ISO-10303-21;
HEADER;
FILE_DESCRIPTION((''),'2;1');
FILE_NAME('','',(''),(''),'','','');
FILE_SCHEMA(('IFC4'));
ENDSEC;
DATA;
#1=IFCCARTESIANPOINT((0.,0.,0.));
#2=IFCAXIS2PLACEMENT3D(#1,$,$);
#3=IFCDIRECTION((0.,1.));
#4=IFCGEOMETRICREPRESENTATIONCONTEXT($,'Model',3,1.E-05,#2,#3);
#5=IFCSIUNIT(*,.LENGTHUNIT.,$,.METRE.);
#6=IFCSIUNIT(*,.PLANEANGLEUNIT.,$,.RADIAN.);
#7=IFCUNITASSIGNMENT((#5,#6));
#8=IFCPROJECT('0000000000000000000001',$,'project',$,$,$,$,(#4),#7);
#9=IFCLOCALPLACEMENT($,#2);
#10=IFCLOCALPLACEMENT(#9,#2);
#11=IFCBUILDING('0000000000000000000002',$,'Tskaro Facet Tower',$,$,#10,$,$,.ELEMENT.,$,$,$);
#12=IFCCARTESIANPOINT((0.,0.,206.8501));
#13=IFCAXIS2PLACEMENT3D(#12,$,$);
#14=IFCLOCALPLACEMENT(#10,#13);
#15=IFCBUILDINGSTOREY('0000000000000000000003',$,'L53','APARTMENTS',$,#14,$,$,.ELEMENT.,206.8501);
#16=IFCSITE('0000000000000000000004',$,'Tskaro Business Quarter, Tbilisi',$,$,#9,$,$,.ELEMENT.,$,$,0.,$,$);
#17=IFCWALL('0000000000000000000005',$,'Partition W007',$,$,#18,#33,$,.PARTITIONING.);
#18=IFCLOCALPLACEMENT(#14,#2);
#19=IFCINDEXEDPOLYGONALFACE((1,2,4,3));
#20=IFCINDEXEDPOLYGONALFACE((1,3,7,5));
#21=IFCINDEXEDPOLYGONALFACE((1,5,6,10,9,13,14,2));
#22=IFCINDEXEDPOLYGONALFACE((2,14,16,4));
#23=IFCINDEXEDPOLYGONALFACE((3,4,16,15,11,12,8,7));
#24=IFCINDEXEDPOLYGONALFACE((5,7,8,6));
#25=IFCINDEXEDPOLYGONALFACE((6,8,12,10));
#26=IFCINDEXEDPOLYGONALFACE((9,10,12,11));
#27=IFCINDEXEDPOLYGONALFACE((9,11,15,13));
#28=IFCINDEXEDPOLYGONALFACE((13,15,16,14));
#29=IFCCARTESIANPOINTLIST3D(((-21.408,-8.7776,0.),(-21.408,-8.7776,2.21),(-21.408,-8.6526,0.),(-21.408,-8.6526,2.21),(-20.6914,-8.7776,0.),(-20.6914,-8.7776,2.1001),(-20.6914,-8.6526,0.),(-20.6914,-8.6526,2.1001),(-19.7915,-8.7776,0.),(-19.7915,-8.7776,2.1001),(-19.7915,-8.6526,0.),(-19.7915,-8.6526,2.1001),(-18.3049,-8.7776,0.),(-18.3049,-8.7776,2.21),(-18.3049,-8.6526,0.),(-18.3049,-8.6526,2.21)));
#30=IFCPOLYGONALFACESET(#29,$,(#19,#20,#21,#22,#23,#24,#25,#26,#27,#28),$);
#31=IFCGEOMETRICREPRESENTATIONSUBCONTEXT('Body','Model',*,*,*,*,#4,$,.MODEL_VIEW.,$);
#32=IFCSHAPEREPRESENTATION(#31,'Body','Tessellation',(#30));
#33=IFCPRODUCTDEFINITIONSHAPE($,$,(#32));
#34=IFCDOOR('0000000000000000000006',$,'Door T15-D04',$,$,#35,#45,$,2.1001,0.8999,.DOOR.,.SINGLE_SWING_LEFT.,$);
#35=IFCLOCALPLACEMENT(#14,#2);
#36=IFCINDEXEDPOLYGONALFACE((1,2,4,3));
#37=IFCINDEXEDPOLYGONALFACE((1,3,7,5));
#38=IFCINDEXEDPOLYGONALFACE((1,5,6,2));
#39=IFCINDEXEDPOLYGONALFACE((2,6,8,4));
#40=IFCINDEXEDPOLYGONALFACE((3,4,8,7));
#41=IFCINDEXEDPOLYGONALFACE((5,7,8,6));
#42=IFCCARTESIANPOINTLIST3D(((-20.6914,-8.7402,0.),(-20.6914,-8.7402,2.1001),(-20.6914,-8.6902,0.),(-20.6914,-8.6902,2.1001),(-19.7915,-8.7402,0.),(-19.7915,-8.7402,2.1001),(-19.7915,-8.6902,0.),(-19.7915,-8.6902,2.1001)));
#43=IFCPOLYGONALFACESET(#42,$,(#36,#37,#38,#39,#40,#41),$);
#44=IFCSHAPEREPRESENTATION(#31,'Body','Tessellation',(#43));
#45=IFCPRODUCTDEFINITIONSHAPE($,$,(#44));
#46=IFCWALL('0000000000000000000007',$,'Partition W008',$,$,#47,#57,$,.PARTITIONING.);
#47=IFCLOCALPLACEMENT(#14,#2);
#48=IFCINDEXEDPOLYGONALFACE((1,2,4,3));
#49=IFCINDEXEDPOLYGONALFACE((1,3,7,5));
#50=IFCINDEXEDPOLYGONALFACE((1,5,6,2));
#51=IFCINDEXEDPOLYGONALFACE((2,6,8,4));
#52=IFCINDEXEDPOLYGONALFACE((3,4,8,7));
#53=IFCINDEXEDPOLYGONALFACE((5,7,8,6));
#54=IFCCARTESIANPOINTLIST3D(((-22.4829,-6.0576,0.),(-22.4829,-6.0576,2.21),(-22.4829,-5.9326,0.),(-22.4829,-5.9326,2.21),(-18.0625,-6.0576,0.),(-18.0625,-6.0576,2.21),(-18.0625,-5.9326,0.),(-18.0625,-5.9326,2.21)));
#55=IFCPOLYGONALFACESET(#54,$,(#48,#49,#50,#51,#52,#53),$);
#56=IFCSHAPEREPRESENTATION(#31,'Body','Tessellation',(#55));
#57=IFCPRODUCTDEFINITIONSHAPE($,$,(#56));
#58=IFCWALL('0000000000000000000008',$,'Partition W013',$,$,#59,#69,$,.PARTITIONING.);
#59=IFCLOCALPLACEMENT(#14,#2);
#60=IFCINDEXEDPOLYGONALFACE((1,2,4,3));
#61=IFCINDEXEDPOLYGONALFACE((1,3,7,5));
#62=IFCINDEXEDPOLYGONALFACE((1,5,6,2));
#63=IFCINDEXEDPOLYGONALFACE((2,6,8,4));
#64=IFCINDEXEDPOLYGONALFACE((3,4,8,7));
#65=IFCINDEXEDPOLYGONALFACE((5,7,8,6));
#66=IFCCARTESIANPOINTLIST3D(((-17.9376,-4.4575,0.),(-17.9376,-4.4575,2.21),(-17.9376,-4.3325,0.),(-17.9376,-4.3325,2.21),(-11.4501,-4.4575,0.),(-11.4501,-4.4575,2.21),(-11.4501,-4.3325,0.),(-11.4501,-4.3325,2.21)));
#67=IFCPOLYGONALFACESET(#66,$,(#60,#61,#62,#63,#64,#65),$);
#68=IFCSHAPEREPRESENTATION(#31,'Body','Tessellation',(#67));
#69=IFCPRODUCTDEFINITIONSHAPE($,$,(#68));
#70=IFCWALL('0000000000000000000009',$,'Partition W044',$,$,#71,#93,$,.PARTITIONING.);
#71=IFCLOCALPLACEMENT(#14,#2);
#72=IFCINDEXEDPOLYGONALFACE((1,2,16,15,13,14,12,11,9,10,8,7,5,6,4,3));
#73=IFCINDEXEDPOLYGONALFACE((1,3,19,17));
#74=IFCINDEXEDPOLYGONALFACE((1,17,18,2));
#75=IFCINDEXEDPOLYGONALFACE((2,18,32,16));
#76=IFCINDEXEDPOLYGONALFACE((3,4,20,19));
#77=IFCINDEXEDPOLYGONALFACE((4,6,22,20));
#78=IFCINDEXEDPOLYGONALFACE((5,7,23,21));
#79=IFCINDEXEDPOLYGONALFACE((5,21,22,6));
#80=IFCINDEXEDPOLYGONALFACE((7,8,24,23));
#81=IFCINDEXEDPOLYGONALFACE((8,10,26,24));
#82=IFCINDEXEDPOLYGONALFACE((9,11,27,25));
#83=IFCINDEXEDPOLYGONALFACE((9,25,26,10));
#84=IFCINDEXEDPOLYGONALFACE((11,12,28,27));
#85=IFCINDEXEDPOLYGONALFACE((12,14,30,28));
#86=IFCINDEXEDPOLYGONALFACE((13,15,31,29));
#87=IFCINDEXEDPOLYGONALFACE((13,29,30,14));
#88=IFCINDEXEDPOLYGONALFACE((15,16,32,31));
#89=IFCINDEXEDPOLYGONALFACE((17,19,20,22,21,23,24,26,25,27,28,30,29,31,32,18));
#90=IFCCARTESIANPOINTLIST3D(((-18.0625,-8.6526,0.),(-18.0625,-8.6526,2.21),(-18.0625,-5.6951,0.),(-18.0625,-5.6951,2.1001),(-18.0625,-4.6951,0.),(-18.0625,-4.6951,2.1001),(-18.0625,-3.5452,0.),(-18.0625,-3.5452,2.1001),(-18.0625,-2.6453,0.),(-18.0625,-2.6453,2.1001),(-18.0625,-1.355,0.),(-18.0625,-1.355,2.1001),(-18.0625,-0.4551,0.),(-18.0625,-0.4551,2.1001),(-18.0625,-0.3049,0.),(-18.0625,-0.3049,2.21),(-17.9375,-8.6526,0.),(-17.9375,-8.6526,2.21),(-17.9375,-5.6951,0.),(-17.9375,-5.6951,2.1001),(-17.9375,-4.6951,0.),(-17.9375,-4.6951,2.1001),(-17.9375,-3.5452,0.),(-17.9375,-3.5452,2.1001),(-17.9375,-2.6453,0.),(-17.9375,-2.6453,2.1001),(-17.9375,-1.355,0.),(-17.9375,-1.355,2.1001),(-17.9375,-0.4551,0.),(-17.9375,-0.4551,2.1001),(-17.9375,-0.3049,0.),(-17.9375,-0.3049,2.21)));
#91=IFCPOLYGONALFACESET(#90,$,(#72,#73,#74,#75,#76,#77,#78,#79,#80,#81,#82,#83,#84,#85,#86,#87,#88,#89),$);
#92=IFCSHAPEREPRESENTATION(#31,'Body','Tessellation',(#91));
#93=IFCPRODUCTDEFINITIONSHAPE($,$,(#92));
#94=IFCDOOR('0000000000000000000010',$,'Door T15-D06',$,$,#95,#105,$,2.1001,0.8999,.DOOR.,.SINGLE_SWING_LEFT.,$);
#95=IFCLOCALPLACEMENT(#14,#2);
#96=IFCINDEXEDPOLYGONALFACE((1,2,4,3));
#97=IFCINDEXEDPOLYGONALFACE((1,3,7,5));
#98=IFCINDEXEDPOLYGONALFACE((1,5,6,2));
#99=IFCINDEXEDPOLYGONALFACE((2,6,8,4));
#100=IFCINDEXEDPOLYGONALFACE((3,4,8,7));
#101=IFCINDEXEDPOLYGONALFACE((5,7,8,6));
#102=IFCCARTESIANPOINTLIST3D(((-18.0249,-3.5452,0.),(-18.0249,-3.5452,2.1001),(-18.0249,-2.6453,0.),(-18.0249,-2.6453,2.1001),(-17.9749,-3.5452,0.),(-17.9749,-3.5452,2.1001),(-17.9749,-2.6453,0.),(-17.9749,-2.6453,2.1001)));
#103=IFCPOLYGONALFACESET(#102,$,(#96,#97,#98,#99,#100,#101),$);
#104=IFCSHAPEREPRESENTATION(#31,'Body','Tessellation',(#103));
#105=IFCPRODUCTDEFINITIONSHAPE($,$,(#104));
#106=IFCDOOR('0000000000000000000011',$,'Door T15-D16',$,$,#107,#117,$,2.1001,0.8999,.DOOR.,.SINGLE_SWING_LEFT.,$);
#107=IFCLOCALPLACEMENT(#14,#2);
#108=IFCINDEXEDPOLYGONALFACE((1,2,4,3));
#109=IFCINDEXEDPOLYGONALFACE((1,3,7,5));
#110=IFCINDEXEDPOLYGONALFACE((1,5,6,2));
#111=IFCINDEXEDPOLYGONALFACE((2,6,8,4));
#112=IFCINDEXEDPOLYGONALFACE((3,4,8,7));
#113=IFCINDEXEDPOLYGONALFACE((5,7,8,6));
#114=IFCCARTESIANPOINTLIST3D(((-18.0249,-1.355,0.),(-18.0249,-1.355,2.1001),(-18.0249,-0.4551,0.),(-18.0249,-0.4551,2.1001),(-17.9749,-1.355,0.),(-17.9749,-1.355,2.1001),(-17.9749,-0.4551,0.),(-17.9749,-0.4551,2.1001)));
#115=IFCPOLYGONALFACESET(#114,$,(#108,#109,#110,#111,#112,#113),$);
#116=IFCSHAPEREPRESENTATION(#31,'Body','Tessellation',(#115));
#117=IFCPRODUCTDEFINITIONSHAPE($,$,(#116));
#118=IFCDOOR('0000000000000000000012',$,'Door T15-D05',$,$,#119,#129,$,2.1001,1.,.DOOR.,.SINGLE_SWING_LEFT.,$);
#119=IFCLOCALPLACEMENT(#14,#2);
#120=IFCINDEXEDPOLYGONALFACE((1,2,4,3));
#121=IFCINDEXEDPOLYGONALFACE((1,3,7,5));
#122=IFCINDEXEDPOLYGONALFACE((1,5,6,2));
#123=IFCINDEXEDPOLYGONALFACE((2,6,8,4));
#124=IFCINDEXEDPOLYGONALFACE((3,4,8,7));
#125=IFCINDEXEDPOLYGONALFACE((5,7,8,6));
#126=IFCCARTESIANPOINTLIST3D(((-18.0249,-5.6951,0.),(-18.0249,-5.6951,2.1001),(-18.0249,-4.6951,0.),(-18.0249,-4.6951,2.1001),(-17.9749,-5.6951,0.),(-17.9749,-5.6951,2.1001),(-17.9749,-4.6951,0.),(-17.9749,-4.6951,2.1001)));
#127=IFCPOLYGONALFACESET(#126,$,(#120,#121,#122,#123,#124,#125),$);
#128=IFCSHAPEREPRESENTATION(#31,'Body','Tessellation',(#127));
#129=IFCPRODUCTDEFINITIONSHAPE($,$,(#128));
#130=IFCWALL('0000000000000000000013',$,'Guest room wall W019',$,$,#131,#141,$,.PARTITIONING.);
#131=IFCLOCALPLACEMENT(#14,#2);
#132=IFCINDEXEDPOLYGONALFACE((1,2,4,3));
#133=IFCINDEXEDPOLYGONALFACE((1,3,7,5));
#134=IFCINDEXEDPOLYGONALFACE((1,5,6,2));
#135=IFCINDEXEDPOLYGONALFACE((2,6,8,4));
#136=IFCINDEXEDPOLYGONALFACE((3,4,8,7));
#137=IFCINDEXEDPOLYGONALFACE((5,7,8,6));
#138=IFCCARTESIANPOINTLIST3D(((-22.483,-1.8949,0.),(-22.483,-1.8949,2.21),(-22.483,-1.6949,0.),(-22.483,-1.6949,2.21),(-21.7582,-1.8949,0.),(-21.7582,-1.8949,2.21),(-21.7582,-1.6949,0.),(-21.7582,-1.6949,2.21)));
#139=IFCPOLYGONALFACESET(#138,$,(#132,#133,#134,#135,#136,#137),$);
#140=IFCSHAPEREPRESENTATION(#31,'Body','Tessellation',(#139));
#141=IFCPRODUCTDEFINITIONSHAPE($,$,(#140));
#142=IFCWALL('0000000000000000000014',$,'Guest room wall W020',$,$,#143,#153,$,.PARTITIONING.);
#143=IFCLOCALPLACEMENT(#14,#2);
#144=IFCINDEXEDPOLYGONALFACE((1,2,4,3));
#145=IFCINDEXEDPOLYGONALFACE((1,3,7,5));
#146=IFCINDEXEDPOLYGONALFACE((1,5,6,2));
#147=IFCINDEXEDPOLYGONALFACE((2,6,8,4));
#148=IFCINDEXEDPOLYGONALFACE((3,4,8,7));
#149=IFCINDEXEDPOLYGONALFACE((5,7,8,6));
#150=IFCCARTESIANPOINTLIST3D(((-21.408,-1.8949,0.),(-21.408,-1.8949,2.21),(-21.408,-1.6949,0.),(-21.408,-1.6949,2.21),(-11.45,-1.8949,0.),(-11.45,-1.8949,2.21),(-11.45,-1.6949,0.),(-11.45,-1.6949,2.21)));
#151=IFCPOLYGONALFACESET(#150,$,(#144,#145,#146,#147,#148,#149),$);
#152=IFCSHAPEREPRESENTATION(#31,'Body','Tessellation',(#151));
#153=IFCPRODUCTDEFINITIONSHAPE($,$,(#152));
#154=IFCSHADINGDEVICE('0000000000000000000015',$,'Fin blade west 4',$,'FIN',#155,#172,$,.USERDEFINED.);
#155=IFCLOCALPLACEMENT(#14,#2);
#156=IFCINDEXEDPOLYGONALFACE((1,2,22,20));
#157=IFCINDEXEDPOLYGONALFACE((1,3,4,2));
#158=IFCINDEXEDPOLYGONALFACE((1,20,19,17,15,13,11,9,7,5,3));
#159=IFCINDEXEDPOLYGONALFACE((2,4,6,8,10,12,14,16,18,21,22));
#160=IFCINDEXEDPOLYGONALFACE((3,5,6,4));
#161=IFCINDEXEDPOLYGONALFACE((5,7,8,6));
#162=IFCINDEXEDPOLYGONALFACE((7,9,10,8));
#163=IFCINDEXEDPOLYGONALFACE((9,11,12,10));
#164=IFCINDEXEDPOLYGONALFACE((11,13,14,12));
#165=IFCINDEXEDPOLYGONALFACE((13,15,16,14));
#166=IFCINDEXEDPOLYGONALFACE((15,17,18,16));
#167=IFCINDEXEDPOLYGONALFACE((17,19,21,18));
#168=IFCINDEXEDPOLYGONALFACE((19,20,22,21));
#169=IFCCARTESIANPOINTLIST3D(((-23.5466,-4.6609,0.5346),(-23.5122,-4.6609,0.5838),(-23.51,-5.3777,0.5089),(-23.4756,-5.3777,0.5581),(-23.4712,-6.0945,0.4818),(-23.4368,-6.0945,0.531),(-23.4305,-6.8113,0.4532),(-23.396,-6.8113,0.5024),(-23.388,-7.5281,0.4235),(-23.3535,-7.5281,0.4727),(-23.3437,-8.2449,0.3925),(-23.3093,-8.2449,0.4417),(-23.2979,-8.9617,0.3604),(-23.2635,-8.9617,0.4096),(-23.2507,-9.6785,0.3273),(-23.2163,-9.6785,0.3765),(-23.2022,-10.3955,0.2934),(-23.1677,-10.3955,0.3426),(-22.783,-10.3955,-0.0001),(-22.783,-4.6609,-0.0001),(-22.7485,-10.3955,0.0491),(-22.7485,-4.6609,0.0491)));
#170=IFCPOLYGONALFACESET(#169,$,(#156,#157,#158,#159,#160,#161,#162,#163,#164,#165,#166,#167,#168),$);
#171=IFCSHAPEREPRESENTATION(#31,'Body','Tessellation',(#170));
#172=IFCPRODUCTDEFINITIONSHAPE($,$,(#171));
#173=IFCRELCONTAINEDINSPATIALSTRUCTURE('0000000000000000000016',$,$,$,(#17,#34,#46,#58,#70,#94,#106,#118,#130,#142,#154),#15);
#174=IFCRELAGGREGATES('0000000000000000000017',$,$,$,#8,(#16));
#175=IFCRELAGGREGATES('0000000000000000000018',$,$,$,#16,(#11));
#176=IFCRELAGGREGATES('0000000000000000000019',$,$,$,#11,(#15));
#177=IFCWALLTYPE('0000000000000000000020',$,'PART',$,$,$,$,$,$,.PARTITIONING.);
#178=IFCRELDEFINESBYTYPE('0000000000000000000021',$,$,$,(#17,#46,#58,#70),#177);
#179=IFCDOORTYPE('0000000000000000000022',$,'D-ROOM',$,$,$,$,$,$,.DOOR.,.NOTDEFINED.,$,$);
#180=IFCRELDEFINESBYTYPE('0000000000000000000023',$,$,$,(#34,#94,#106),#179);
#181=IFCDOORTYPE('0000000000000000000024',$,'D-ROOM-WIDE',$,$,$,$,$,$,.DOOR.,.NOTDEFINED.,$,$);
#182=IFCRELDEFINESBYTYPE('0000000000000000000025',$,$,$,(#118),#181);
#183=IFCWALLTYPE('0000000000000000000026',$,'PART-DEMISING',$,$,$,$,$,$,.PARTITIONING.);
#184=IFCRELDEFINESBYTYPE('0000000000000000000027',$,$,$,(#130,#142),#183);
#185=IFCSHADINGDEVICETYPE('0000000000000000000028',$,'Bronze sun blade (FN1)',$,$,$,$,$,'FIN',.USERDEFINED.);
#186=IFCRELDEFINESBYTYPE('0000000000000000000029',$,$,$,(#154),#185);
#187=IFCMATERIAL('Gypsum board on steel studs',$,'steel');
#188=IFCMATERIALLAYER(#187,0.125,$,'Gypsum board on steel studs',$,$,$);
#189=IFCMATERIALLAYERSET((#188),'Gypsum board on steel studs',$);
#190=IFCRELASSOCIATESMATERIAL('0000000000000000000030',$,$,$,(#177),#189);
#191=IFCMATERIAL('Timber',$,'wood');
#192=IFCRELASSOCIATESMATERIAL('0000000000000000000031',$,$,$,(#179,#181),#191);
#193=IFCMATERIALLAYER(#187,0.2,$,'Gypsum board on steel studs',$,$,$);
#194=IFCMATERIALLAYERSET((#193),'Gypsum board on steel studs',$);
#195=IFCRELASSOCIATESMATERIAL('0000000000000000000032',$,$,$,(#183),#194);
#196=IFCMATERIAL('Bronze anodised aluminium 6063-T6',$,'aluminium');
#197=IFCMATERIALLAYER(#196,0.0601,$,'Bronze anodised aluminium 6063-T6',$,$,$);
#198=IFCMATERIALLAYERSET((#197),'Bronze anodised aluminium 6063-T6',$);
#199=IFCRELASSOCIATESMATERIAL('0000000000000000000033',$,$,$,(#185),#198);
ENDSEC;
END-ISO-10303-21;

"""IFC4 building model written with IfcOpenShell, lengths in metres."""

from ifc_helpers import new_model, si_unit, direction, frame, frame_2d, origin, place, context, subcontext, project, spatial, polyline, rectangle, outline, extrude, material, layer, layer_set, type_object, element, fill, save


model = new_model("IFC4")

# Units and contexts
model_context = context("Model", 3, precision=1e-05, world=origin(), true_north=direction((0.0, 1.0)))
body_context = subcontext(model_context, "Body", "Model", "MODEL_VIEW")
ifc_project = project(units=[si_unit("LENGTHUNIT", "METRE"), si_unit("PLANEANGLEUNIT", "RADIAN")], contexts=[model_context])

# Site, building, storey
site_placement = place(None, origin())
site = spatial("IfcSite", under=ifc_project, at=site_placement, Name="Tskaro Business Quarter, Tbilisi", CompositionType="ELEMENT", RefElevation=0.0)
building_placement = place(site_placement, origin())
building = spatial("IfcBuilding", under=site, at=building_placement, Name="Tskaro Facet Tower", CompositionType="ELEMENT")
storey_placement = place(building_placement, frame((0.0, 0.0, 206.8501)))
storey = spatial("IfcBuildingStorey", under=building, at=storey_placement, Name="L53", Description="APARTMENTS", CompositionType="ELEMENT", Elevation=206.8501)

# Shared definitions
ifc_material_1 = material(Name="Bronze anodised aluminium 6063-T6", Category="aluminium")

# Shared definitions
ifc_material_2 = material(Name="Gypsum board on steel studs", Category="steel")
ifc_layer_1 = layer(ifc_material_2, 0.125, Name="Gypsum board on steel studs")
ifc_layer_set_1 = layer_set([ifc_layer_1], Name="Gypsum board on steel studs")
wall_type_1 = type_object("IfcWallType", Name="PART", PredefinedType="PARTITIONING", material=ifc_layer_set_1)

# Wall, opening, door
wall_1_placement = place(storey_placement, frame((-21.408, -8.7151, 0.0), z_axis=(0.0, 0.0, 1.0), x_axis=(1.0, 0.0, 0.0)))
wall_1 = element("IfcWall", 1, at=wall_1_placement, inside=storey, type_object=wall_type_1, Name="Partition W007", PredefinedType="PARTITIONING", context=body_context, shape_type="SweptSolid", body=[
    extrude(rectangle(XDim=3.103, YDim=0.125, at=frame_2d((1.5515, 0.0))), origin(), (0.0, 0.0, 1.0), 2.21),
])
opening_1_placement = place(wall_1_placement, frame((0.7166, 0.0, 0.0)))
opening_1 = element("IfcOpeningElement", 2, at=opening_1_placement, cuts=wall_1, PredefinedType="OPENING", context=body_context, shape_type="SweptSolid", body=[
    extrude(rectangle(XDim=0.8999, YDim=2.1001, at=frame_2d((0.45, 1.05))), frame((0.0, 0.0725, 0.0), z_axis=(0.0, -1.0, 0.0), x_axis=(1.0, 0.0, 0.0)), (0.0, 0.0, 1.0), 0.145),
])
ifc_material_3 = material(Name="Timber", Category="wood")
door_type_1 = type_object("IfcDoorType", Name="D-ROOM", OperationType="NOTDEFINED", PredefinedType="DOOR", material=ifc_material_3)
door_1_placement = place(opening_1_placement, origin())
door_1 = element("IfcDoor", 3, at=door_1_placement, inside=storey, type_object=door_type_1, Name="Door T15-D04", OperationType="SINGLE_SWING_LEFT", OverallHeight=2.1001, OverallWidth=0.8999, PredefinedType="DOOR", context=body_context, shape_type="SweptSolid", body=[
    extrude(rectangle(XDim=0.8999, YDim=2.1001, at=frame_2d((0.45, 1.05))), frame((0.0, 0.0249, 0.0), z_axis=(0.0, -1.0, 0.0), x_axis=(1.0, 0.0, 0.0)), (0.0, 0.0, 1.0), 0.05),
])
fill(opening_1, door_1)

# Walls
wall_2_placement = place(storey_placement, frame((-22.4829, -5.9951, 0.0), z_axis=(0.0, 0.0, 1.0), x_axis=(1.0, 0.0, 0.0)))
element("IfcWall", 4, at=wall_2_placement, inside=storey, type_object=wall_type_1, Name="Partition W008", PredefinedType="PARTITIONING", context=body_context, shape_type="SweptSolid", body=[
    extrude(rectangle(XDim=4.4204, YDim=0.125, at=frame_2d((2.2102, 0.0))), origin(), (0.0, 0.0, 1.0), 2.21),
])
wall_3_placement = place(storey_placement, frame((-17.9375, -4.395, 0.0), z_axis=(0.0, 0.0, 1.0), x_axis=(1.0, 0.0, 0.0)))
element("IfcWall", 5, at=wall_3_placement, inside=storey, type_object=wall_type_1, Name="Partition W013", PredefinedType="PARTITIONING", context=body_context, shape_type="SweptSolid", body=[
    extrude(rectangle(XDim=6.4875, YDim=0.125, at=frame_2d((3.2437, 0.0))), origin(), (0.0, 0.0, 1.0), 2.21),
])

# Wall, openings, doors
wall_4_placement = place(storey_placement, frame((-18.0, -8.6526, 0.0), z_axis=(0.0, 0.0, 1.0), x_axis=(0.0, 1.0, 0.0)))
wall_4 = element("IfcWall", 6, at=wall_4_placement, inside=storey, type_object=wall_type_1, Name="Partition W044", PredefinedType="PARTITIONING", context=body_context, shape_type="SweptSolid", body=[
    extrude(rectangle(XDim=8.3477, YDim=0.125, at=frame_2d((4.1738, 0.0))), origin(), (0.0, 0.0, 1.0), 2.21),
])
opening_2_placement = place(wall_4_placement, frame((2.9575, 0.0, 0.0)))
opening_2 = element("IfcOpeningElement", 7, at=opening_2_placement, cuts=wall_4, PredefinedType="OPENING", context=body_context, shape_type="SweptSolid", body=[
    extrude(rectangle(XDim=1.0, YDim=2.1001, at=frame_2d((0.5, 1.05))), frame((0.0, 0.0725, 0.0), z_axis=(0.0, -1.0, 0.0), x_axis=(1.0, 0.0, 0.0)), (0.0, 0.0, 1.0), 0.145),
])
opening_3_placement = place(wall_4_placement, frame((5.1074, 0.0, 0.0)))
opening_3 = element("IfcOpeningElement", 8, at=opening_3_placement, cuts=wall_4, PredefinedType="OPENING", context=body_context, shape_type="SweptSolid", body=[
    extrude(rectangle(XDim=0.8999, YDim=2.1001, at=frame_2d((0.45, 1.05))), frame((0.0, 0.0725, 0.0), z_axis=(0.0, -1.0, 0.0), x_axis=(1.0, 0.0, 0.0)), (0.0, 0.0, 1.0), 0.145),
])
opening_4_placement = place(wall_4_placement, frame((7.2976, 0.0, 0.0)))
opening_4 = element("IfcOpeningElement", 9, at=opening_4_placement, cuts=wall_4, PredefinedType="OPENING", context=body_context, shape_type="SweptSolid", body=[
    extrude(rectangle(XDim=0.8999, YDim=2.1001, at=frame_2d((0.45, 1.05))), frame((0.0, 0.0725, 0.0), z_axis=(0.0, -1.0, 0.0), x_axis=(1.0, 0.0, 0.0)), (0.0, 0.0, 1.0), 0.145),
])
door_2_placement = place(opening_3_placement, origin())
door_2 = element("IfcDoor", 10, at=door_2_placement, inside=storey, type_object=door_type_1, Name="Door T15-D06", OperationType="SINGLE_SWING_LEFT", OverallHeight=2.1001, OverallWidth=0.8999, PredefinedType="DOOR", context=body_context, shape_type="SweptSolid", body=[
    extrude(rectangle(XDim=0.8999, YDim=2.1001, at=frame_2d((0.45, 1.05))), frame((0.0, 0.0249, 0.0), z_axis=(0.0, -1.0, 0.0), x_axis=(1.0, 0.0, 0.0)), (0.0, 0.0, 1.0), 0.05),
])
fill(opening_3, door_2)
door_3_placement = place(opening_4_placement, origin())
door_3 = element("IfcDoor", 11, at=door_3_placement, inside=storey, type_object=door_type_1, Name="Door T15-D16", OperationType="SINGLE_SWING_LEFT", OverallHeight=2.1001, OverallWidth=0.8999, PredefinedType="DOOR", context=body_context, shape_type="SweptSolid", body=[
    extrude(rectangle(XDim=0.8999, YDim=2.1001, at=frame_2d((0.45, 1.05))), frame((0.0, 0.0249, 0.0), z_axis=(0.0, -1.0, 0.0), x_axis=(1.0, 0.0, 0.0)), (0.0, 0.0, 1.0), 0.05),
])
fill(opening_4, door_3)
door_type_2 = type_object("IfcDoorType", Name="D-ROOM-WIDE", OperationType="NOTDEFINED", PredefinedType="DOOR", material=ifc_material_3)
door_4_placement = place(opening_2_placement, origin())
door_4 = element("IfcDoor", 12, at=door_4_placement, inside=storey, type_object=door_type_2, Name="Door T15-D05", OperationType="SINGLE_SWING_LEFT", OverallHeight=2.1001, OverallWidth=1.0, PredefinedType="DOOR", context=body_context, shape_type="SweptSolid", body=[
    extrude(rectangle(XDim=1.0, YDim=2.1001, at=frame_2d((0.5, 1.05))), frame((0.0, 0.0249, 0.0), z_axis=(0.0, -1.0, 0.0), x_axis=(1.0, 0.0, 0.0)), (0.0, 0.0, 1.0), 0.05),
])
fill(opening_2, door_4)

# Walls
ifc_layer_2 = layer(ifc_material_2, 0.2, Name="Gypsum board on steel studs")
ifc_layer_set_2 = layer_set([ifc_layer_2], Name="Gypsum board on steel studs")
wall_type_2 = type_object("IfcWallType", Name="PART-DEMISING", PredefinedType="PARTITIONING", material=ifc_layer_set_2)
wall_5_placement = place(storey_placement, frame((-22.4829, -1.7949, 0.0), z_axis=(0.0, 0.0, 1.0), x_axis=(1.0, 0.0, 0.0)))
element("IfcWall", 13, at=wall_5_placement, inside=storey, type_object=wall_type_2, Name="Guest room wall W019", PredefinedType="PARTITIONING", context=body_context, shape_type="SweptSolid", body=[
    extrude(rectangle(XDim=0.7249, YDim=0.2, at=frame_2d((0.3623, 0.0))), origin(), (0.0, 0.0, 1.0), 2.21),
])
wall_6_placement = place(storey_placement, frame((-21.408, -1.7949, 0.0), z_axis=(0.0, 0.0, 1.0), x_axis=(1.0, 0.0, 0.0)))
element("IfcWall", 14, at=wall_6_placement, inside=storey, type_object=wall_type_2, Name="Guest room wall W020", PredefinedType="PARTITIONING", context=body_context, shape_type="SweptSolid", body=[
    extrude(rectangle(XDim=9.958, YDim=0.2, at=frame_2d((4.979, 0.0))), origin(), (0.0, 0.0, 1.0), 2.21),
])

# Shading device
ifc_layer_3 = layer(ifc_material_1, 0.0601, Name="Bronze anodised aluminium 6063-T6")
ifc_layer_set_3 = layer_set([ifc_layer_3], Name="Bronze anodised aluminium 6063-T6")
shading_device_type = type_object("IfcShadingDeviceType", Name="Bronze sun blade (FN1)", ElementType="FIN", PredefinedType="USERDEFINED", material=ifc_layer_set_3)
shading_device_placement = place(storey_placement, frame((-22.7485, -4.6609, 0.0491), z_axis=(0.573545, -0.000001, 0.819174), x_axis=(0.0, -1.0, 0.0)))
element("IfcShadingDevice", 15, at=shading_device_placement, inside=storey, type_object=shading_device_type, Name="Fin blade west 4", ObjectType="FIN", PredefinedType="USERDEFINED", context=body_context, shape_type="SweptSolid", body=[
    extrude(outline(polyline([(0.0, 0.0), (5.7346, 0.0), (5.7346, -0.5117), (5.0176, -0.571), (4.3008, -0.6286), (3.584, -0.6845), (2.8672, -0.7385), (2.1504, -0.7904), (1.4336, -0.8402), (0.7168, -0.8875), (0.0, -0.9322), (0.0, 0.0)])), origin(), (0.0, 0.0, -1.0), 0.0601),
])

save(model, "model.ifc")
